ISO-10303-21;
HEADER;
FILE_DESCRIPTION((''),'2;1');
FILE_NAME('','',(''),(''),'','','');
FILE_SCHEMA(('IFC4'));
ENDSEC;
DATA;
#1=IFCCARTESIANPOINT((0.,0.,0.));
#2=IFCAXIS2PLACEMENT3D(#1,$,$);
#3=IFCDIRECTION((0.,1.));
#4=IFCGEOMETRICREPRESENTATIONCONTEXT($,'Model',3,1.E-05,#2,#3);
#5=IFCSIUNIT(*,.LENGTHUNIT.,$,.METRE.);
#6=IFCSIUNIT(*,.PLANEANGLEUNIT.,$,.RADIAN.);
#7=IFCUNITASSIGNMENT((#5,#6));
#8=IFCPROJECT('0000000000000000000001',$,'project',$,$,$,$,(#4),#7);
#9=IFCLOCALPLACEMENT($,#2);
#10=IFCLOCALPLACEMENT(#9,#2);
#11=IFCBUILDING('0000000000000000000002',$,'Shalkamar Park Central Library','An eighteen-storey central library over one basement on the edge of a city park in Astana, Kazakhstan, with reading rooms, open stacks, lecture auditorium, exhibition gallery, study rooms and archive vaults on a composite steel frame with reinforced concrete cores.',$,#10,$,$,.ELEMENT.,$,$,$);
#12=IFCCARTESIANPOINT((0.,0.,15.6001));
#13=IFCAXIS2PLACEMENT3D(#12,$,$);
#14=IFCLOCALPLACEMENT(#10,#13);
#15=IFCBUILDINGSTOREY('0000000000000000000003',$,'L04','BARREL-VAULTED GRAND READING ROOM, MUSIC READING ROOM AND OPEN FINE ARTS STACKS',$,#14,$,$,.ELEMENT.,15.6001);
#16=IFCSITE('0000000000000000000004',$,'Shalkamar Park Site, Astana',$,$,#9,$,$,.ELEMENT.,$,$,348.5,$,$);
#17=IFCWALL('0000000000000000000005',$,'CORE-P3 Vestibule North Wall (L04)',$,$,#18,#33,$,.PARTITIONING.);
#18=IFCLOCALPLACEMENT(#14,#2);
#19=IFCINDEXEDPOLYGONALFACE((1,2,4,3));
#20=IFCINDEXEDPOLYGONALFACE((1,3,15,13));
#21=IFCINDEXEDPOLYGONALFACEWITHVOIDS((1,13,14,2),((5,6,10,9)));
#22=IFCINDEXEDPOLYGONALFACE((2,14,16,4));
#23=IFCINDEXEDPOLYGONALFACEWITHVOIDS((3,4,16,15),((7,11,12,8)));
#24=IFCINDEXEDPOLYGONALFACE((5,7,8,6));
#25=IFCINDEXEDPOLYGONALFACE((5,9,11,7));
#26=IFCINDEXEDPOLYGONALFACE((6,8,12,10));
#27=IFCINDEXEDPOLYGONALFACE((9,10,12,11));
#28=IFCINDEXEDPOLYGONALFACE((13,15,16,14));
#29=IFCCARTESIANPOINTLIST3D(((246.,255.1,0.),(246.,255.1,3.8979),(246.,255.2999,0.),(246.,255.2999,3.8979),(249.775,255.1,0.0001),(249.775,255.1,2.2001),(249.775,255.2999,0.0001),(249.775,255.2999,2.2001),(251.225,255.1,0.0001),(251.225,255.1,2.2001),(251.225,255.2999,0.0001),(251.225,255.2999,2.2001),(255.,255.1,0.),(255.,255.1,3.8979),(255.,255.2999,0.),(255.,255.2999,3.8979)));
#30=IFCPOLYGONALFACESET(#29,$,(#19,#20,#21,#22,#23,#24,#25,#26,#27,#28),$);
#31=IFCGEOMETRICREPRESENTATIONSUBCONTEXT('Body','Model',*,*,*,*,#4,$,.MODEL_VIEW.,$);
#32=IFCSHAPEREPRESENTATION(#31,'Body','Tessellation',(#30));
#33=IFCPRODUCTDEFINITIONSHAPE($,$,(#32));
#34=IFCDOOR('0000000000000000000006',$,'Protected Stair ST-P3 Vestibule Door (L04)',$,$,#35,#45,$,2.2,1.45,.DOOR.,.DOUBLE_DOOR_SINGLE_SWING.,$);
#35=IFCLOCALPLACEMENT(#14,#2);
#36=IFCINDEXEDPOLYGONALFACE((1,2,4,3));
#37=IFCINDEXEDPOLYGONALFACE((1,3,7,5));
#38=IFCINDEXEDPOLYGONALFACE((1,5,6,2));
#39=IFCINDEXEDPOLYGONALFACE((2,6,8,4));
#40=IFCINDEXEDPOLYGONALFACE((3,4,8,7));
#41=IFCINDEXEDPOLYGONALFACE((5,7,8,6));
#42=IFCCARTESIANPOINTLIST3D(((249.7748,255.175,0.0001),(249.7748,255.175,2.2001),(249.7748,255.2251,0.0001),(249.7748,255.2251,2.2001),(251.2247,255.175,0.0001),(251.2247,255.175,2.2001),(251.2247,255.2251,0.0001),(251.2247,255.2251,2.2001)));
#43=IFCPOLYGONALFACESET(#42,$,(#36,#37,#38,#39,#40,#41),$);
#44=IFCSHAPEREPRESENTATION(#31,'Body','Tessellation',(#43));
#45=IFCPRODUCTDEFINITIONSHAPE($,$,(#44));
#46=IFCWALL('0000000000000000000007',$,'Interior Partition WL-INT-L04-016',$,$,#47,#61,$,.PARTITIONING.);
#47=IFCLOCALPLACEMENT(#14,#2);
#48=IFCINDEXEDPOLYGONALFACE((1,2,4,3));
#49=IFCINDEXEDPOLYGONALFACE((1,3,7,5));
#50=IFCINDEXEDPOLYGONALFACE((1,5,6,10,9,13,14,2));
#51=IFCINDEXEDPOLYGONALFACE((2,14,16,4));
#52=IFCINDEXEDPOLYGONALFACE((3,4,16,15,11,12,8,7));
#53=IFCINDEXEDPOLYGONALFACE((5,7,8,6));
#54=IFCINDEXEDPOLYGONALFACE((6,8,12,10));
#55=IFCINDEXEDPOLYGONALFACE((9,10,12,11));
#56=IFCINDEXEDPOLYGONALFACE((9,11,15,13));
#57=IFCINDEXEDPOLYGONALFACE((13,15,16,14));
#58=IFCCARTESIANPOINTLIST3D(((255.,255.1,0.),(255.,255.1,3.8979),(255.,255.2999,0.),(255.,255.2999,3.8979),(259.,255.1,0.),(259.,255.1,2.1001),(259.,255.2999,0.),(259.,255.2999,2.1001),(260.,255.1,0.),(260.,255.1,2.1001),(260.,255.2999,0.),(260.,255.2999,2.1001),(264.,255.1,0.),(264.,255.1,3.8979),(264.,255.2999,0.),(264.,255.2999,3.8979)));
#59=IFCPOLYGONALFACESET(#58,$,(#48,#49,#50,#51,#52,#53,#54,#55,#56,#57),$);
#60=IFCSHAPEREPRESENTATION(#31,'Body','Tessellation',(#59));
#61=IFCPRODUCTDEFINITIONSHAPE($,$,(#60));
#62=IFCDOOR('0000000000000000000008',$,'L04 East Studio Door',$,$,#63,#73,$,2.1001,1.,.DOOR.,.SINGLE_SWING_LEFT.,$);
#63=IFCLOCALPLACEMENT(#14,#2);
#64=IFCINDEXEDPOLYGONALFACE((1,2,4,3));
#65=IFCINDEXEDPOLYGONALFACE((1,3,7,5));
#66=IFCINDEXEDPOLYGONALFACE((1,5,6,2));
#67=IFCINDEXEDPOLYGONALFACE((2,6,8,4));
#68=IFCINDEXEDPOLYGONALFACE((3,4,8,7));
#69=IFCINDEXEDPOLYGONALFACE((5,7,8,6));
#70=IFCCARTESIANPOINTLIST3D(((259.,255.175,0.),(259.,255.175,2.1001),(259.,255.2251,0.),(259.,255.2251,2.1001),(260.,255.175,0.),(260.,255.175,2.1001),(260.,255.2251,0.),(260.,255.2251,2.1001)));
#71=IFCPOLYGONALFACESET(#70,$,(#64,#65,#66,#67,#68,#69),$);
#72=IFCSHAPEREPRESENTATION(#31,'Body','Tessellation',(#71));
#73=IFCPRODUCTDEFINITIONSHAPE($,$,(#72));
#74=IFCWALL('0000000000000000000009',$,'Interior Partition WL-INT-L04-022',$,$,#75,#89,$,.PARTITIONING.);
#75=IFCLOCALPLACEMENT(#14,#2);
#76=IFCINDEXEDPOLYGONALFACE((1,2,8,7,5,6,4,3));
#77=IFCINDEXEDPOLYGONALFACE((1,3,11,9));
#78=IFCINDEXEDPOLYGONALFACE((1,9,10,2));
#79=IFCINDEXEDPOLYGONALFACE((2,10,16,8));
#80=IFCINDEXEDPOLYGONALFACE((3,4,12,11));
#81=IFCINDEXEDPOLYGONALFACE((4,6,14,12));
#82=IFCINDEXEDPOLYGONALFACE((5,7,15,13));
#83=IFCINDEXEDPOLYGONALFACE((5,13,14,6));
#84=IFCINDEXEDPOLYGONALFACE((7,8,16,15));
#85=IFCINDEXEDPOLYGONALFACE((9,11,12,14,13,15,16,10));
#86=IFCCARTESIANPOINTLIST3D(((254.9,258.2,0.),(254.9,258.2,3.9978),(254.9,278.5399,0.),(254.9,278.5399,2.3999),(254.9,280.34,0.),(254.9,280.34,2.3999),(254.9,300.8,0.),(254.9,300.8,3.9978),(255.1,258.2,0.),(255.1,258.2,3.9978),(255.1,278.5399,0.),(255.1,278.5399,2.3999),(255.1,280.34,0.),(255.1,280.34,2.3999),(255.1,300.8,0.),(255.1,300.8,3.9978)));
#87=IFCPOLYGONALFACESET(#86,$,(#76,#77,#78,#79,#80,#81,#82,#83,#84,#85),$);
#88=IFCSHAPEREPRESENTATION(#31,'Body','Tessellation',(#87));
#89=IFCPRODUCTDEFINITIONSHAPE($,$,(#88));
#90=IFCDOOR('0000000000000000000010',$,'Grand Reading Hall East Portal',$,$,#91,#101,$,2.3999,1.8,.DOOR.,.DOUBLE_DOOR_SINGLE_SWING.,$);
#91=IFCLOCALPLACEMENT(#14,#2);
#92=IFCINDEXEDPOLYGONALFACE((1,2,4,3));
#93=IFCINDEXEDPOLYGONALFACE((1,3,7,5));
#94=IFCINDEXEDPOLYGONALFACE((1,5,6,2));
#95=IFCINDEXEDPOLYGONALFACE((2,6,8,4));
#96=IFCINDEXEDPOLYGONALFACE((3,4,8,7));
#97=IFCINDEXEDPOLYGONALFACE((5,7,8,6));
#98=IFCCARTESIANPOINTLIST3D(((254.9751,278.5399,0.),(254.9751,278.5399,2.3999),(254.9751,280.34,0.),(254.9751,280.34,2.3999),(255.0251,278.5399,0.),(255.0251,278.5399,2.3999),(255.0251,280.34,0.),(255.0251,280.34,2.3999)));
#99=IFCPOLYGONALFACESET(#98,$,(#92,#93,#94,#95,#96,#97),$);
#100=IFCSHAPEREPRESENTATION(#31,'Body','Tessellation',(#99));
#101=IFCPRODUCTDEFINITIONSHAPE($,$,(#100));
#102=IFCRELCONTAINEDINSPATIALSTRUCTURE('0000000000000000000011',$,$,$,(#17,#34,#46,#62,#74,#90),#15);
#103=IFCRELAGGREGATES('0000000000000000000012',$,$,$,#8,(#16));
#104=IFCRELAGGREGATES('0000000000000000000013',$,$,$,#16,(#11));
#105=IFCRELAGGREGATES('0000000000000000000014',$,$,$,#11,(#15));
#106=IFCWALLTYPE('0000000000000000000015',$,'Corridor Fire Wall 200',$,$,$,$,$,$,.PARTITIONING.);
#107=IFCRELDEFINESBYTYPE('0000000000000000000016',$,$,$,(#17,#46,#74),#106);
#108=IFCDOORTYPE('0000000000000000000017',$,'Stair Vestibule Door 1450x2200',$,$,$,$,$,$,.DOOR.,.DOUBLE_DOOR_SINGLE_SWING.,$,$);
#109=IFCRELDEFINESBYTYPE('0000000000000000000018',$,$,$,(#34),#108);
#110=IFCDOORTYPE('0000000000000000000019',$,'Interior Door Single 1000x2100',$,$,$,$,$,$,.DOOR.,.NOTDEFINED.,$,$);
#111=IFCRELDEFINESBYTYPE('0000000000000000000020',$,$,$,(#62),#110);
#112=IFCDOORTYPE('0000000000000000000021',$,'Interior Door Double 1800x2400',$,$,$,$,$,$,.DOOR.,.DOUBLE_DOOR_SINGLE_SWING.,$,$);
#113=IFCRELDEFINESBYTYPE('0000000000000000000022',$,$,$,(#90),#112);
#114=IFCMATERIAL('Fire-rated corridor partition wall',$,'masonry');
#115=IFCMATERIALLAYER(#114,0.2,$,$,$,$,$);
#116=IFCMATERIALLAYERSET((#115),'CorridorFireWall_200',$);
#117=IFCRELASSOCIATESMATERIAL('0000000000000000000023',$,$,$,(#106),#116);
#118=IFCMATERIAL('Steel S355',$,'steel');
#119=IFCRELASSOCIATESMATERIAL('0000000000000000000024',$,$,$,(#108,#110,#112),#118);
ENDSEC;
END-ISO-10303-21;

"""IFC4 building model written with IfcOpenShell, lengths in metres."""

from ifc_helpers import new_model, si_unit, direction, frame, frame_2d, origin, place, context, subcontext, project, spatial, rectangle, extrude, material, layer, layer_set, type_object, element, fill, save


model = new_model("IFC4")

# Units and contexts
model_context = context("Model", 3, precision=1e-05, world=origin(), true_north=direction((0.0, 1.0)))
body_context = subcontext(model_context, "Body", "Model", "MODEL_VIEW")
ifc_project = project(units=[si_unit("LENGTHUNIT", "METRE"), si_unit("PLANEANGLEUNIT", "RADIAN")], contexts=[model_context])

# Site, building, storey
site_placement = place(None, origin())
site = spatial("IfcSite", under=ifc_project, at=site_placement, Name="Shalkamar Park Site, Astana", CompositionType="ELEMENT", RefElevation=348.5)
building_placement = place(site_placement, origin())
building = spatial("IfcBuilding", under=site, at=building_placement, Name="Shalkamar Park Central Library", Description="An eighteen-storey central library over one basement on the edge of a city park in Astana, Kazakhstan, with reading rooms, open stacks, lecture auditorium, exhibition gallery, study rooms and archive vaults on a composite steel frame with reinforced concrete cores.", CompositionType="ELEMENT")
storey_placement = place(building_placement, frame((0.0, 0.0, 15.6001)))
storey = spatial("IfcBuildingStorey", under=building, at=storey_placement, Name="L04", Description="BARREL-VAULTED GRAND READING ROOM, MUSIC READING ROOM AND OPEN FINE ARTS STACKS", CompositionType="ELEMENT", Elevation=15.6001)

# Shared definitions
ifc_material_1 = material(Name="Steel S355", Category="steel")

# Walls, openings, doors
ifc_material_2 = material(Name="Fire-rated corridor partition wall", Category="masonry")
ifc_layer = layer(ifc_material_2, 0.2)
ifc_layer_set = layer_set([ifc_layer], Name="CorridorFireWall_200")
wall_type = type_object("IfcWallType", Name="Corridor Fire Wall 200", PredefinedType="PARTITIONING", material=ifc_layer_set)
wall_1_placement = place(storey_placement, frame((246.0, 255.2, 0.0), z_axis=(0.0, 0.0, 1.0), x_axis=(1.0, 0.0, 0.0)))
wall_1 = element("IfcWall", 1, at=wall_1_placement, inside=storey, type_object=wall_type, Name="CORE-P3 Vestibule North Wall (L04)", PredefinedType="PARTITIONING", context=body_context, shape_type="SweptSolid", body=[
    extrude(rectangle(XDim=9.0, YDim=0.2, at=frame_2d((4.5, 0.0))), origin(), (0.0, 0.0, 1.0), 3.8979),
])
opening_1_placement = place(wall_1_placement, frame((3.7749, 0.0, 0.0)))
opening_1 = element("IfcOpeningElement", 2, at=opening_1_placement, cuts=wall_1, PredefinedType="OPENING", context=body_context, shape_type="SweptSolid", body=[
    extrude(rectangle(XDim=1.45, YDim=2.2, at=frame_2d((0.7251, 1.1001))), frame((0.0, 0.1147, 0.0), z_axis=(0.0, -1.0, 0.0), x_axis=(1.0, 0.0, 0.0)), (0.0, 0.0, 1.0), 0.2297),
])
door_type_1 = type_object("IfcDoorType", Name="Stair Vestibule Door 1450x2200", OperationType="DOUBLE_DOOR_SINGLE_SWING", PredefinedType="DOOR", material=ifc_material_1)
door_1_placement = place(opening_1_placement, frame((1.45, 0.0, 0.0), z_axis=(0.0, 0.0, 1.0), x_axis=(-1.0, 0.0, 0.0)))
door_1 = element("IfcDoor", 3, at=door_1_placement, inside=storey, type_object=door_type_1, Name="Protected Stair ST-P3 Vestibule Door (L04)", OperationType="DOUBLE_DOOR_SINGLE_SWING", OverallHeight=2.2, OverallWidth=1.45, PredefinedType="DOOR", context=body_context, shape_type="SweptSolid", body=[
    extrude(rectangle(XDim=1.45, YDim=2.2, at=frame_2d((0.7251, 1.1001))), frame((0.0, 0.0249, 0.0), z_axis=(0.0, -1.0, 0.0), x_axis=(1.0, 0.0, 0.0)), (0.0, 0.0, 1.0), 0.05),
])
fill(opening_1, door_1)
wall_2_placement = place(storey_placement, frame((255.0, 255.2, 0.0), z_axis=(0.0, 0.0, 1.0), x_axis=(1.0, 0.0, 0.0)))
wall_2 = element("IfcWall", 4, at=wall_2_placement, inside=storey, type_object=wall_type, Name="Interior Partition WL-INT-L04-016", PredefinedType="PARTITIONING", context=body_context, shape_type="SweptSolid", body=[
    extrude(rectangle(XDim=9.0, YDim=0.2, at=frame_2d((4.5, 0.0))), origin(), (0.0, 0.0, 1.0), 3.8979),
])
opening_2_placement = place(wall_2_placement, frame((4.0, 0.0, 0.0)))
opening_2 = element("IfcOpeningElement", 5, at=opening_2_placement, cuts=wall_2, PredefinedType="OPENING", context=body_context, shape_type="SweptSolid", body=[
    extrude(rectangle(XDim=1.0, YDim=2.1001, at=frame_2d((0.5, 1.05))), frame((0.0, 0.1147, 0.0), z_axis=(0.0, -1.0, 0.0), x_axis=(1.0, 0.0, 0.0)), (0.0, 0.0, 1.0), 0.2297),
])
door_type_2 = type_object("IfcDoorType", Name="Interior Door Single 1000x2100", OperationType="NOTDEFINED", PredefinedType="DOOR", material=ifc_material_1)
door_2_placement = place(opening_2_placement, frame((1.0, 0.0, 0.0), z_axis=(0.0, 0.0, 1.0), x_axis=(-1.0, 0.0, 0.0)))
door_2 = element("IfcDoor", 6, at=door_2_placement, inside=storey, type_object=door_type_2, Name="L04 East Studio Door", OperationType="SINGLE_SWING_LEFT", OverallHeight=2.1001, OverallWidth=1.0, PredefinedType="DOOR", context=body_context, shape_type="SweptSolid", body=[
    extrude(rectangle(XDim=1.0, YDim=2.1001, at=frame_2d((0.5, 1.05))), frame((0.0, 0.0249, 0.0), z_axis=(0.0, -1.0, 0.0), x_axis=(1.0, 0.0, 0.0)), (0.0, 0.0, 1.0), 0.05),
])
fill(opening_2, door_2)
wall_3_placement = place(storey_placement, frame((255.0, 258.2, 0.0), z_axis=(0.0, 0.0, 1.0), x_axis=(0.0, 1.0, 0.0)))
wall_3 = element("IfcWall", 7, at=wall_3_placement, inside=storey, type_object=wall_type, Name="Interior Partition WL-INT-L04-022", PredefinedType="PARTITIONING", context=body_context, shape_type="SweptSolid", body=[
    extrude(rectangle(XDim=42.6001, YDim=0.2, at=frame_2d((21.3, 0.0))), origin(), (0.0, 0.0, 1.0), 3.9978),
])
opening_3_placement = place(wall_3_placement, frame((20.3401, 0.0, 0.0)))
opening_3 = element("IfcOpeningElement", 8, at=opening_3_placement, cuts=wall_3, PredefinedType="OPENING", context=body_context, shape_type="SweptSolid", body=[
    extrude(rectangle(XDim=1.8, YDim=2.3999, at=frame_2d((0.8999, 1.2))), frame((0.0, 0.1147, 0.0), z_axis=(0.0, -1.0, 0.0), x_axis=(1.0, 0.0, 0.0)), (0.0, 0.0, 1.0), 0.2297),
])
door_type_3 = type_object("IfcDoorType", Name="Interior Door Double 1800x2400", OperationType="DOUBLE_DOOR_SINGLE_SWING", PredefinedType="DOOR", material=ifc_material_1)
door_3_placement = place(opening_3_placement, origin())
door_3 = element("IfcDoor", 9, at=door_3_placement, inside=storey, type_object=door_type_3, Name="Grand Reading Hall East Portal", OperationType="DOUBLE_DOOR_SINGLE_SWING", OverallHeight=2.3999, OverallWidth=1.8, PredefinedType="DOOR", context=body_context, shape_type="SweptSolid", body=[
    extrude(rectangle(XDim=1.8, YDim=2.3999, at=frame_2d((0.8999, 1.2))), frame((0.0, 0.0249, 0.0), z_axis=(0.0, -1.0, 0.0), x_axis=(1.0, 0.0, 0.0)), (0.0, 0.0, 1.0), 0.05),
])
fill(opening_3, door_3)

save(model, "model.ifc")
